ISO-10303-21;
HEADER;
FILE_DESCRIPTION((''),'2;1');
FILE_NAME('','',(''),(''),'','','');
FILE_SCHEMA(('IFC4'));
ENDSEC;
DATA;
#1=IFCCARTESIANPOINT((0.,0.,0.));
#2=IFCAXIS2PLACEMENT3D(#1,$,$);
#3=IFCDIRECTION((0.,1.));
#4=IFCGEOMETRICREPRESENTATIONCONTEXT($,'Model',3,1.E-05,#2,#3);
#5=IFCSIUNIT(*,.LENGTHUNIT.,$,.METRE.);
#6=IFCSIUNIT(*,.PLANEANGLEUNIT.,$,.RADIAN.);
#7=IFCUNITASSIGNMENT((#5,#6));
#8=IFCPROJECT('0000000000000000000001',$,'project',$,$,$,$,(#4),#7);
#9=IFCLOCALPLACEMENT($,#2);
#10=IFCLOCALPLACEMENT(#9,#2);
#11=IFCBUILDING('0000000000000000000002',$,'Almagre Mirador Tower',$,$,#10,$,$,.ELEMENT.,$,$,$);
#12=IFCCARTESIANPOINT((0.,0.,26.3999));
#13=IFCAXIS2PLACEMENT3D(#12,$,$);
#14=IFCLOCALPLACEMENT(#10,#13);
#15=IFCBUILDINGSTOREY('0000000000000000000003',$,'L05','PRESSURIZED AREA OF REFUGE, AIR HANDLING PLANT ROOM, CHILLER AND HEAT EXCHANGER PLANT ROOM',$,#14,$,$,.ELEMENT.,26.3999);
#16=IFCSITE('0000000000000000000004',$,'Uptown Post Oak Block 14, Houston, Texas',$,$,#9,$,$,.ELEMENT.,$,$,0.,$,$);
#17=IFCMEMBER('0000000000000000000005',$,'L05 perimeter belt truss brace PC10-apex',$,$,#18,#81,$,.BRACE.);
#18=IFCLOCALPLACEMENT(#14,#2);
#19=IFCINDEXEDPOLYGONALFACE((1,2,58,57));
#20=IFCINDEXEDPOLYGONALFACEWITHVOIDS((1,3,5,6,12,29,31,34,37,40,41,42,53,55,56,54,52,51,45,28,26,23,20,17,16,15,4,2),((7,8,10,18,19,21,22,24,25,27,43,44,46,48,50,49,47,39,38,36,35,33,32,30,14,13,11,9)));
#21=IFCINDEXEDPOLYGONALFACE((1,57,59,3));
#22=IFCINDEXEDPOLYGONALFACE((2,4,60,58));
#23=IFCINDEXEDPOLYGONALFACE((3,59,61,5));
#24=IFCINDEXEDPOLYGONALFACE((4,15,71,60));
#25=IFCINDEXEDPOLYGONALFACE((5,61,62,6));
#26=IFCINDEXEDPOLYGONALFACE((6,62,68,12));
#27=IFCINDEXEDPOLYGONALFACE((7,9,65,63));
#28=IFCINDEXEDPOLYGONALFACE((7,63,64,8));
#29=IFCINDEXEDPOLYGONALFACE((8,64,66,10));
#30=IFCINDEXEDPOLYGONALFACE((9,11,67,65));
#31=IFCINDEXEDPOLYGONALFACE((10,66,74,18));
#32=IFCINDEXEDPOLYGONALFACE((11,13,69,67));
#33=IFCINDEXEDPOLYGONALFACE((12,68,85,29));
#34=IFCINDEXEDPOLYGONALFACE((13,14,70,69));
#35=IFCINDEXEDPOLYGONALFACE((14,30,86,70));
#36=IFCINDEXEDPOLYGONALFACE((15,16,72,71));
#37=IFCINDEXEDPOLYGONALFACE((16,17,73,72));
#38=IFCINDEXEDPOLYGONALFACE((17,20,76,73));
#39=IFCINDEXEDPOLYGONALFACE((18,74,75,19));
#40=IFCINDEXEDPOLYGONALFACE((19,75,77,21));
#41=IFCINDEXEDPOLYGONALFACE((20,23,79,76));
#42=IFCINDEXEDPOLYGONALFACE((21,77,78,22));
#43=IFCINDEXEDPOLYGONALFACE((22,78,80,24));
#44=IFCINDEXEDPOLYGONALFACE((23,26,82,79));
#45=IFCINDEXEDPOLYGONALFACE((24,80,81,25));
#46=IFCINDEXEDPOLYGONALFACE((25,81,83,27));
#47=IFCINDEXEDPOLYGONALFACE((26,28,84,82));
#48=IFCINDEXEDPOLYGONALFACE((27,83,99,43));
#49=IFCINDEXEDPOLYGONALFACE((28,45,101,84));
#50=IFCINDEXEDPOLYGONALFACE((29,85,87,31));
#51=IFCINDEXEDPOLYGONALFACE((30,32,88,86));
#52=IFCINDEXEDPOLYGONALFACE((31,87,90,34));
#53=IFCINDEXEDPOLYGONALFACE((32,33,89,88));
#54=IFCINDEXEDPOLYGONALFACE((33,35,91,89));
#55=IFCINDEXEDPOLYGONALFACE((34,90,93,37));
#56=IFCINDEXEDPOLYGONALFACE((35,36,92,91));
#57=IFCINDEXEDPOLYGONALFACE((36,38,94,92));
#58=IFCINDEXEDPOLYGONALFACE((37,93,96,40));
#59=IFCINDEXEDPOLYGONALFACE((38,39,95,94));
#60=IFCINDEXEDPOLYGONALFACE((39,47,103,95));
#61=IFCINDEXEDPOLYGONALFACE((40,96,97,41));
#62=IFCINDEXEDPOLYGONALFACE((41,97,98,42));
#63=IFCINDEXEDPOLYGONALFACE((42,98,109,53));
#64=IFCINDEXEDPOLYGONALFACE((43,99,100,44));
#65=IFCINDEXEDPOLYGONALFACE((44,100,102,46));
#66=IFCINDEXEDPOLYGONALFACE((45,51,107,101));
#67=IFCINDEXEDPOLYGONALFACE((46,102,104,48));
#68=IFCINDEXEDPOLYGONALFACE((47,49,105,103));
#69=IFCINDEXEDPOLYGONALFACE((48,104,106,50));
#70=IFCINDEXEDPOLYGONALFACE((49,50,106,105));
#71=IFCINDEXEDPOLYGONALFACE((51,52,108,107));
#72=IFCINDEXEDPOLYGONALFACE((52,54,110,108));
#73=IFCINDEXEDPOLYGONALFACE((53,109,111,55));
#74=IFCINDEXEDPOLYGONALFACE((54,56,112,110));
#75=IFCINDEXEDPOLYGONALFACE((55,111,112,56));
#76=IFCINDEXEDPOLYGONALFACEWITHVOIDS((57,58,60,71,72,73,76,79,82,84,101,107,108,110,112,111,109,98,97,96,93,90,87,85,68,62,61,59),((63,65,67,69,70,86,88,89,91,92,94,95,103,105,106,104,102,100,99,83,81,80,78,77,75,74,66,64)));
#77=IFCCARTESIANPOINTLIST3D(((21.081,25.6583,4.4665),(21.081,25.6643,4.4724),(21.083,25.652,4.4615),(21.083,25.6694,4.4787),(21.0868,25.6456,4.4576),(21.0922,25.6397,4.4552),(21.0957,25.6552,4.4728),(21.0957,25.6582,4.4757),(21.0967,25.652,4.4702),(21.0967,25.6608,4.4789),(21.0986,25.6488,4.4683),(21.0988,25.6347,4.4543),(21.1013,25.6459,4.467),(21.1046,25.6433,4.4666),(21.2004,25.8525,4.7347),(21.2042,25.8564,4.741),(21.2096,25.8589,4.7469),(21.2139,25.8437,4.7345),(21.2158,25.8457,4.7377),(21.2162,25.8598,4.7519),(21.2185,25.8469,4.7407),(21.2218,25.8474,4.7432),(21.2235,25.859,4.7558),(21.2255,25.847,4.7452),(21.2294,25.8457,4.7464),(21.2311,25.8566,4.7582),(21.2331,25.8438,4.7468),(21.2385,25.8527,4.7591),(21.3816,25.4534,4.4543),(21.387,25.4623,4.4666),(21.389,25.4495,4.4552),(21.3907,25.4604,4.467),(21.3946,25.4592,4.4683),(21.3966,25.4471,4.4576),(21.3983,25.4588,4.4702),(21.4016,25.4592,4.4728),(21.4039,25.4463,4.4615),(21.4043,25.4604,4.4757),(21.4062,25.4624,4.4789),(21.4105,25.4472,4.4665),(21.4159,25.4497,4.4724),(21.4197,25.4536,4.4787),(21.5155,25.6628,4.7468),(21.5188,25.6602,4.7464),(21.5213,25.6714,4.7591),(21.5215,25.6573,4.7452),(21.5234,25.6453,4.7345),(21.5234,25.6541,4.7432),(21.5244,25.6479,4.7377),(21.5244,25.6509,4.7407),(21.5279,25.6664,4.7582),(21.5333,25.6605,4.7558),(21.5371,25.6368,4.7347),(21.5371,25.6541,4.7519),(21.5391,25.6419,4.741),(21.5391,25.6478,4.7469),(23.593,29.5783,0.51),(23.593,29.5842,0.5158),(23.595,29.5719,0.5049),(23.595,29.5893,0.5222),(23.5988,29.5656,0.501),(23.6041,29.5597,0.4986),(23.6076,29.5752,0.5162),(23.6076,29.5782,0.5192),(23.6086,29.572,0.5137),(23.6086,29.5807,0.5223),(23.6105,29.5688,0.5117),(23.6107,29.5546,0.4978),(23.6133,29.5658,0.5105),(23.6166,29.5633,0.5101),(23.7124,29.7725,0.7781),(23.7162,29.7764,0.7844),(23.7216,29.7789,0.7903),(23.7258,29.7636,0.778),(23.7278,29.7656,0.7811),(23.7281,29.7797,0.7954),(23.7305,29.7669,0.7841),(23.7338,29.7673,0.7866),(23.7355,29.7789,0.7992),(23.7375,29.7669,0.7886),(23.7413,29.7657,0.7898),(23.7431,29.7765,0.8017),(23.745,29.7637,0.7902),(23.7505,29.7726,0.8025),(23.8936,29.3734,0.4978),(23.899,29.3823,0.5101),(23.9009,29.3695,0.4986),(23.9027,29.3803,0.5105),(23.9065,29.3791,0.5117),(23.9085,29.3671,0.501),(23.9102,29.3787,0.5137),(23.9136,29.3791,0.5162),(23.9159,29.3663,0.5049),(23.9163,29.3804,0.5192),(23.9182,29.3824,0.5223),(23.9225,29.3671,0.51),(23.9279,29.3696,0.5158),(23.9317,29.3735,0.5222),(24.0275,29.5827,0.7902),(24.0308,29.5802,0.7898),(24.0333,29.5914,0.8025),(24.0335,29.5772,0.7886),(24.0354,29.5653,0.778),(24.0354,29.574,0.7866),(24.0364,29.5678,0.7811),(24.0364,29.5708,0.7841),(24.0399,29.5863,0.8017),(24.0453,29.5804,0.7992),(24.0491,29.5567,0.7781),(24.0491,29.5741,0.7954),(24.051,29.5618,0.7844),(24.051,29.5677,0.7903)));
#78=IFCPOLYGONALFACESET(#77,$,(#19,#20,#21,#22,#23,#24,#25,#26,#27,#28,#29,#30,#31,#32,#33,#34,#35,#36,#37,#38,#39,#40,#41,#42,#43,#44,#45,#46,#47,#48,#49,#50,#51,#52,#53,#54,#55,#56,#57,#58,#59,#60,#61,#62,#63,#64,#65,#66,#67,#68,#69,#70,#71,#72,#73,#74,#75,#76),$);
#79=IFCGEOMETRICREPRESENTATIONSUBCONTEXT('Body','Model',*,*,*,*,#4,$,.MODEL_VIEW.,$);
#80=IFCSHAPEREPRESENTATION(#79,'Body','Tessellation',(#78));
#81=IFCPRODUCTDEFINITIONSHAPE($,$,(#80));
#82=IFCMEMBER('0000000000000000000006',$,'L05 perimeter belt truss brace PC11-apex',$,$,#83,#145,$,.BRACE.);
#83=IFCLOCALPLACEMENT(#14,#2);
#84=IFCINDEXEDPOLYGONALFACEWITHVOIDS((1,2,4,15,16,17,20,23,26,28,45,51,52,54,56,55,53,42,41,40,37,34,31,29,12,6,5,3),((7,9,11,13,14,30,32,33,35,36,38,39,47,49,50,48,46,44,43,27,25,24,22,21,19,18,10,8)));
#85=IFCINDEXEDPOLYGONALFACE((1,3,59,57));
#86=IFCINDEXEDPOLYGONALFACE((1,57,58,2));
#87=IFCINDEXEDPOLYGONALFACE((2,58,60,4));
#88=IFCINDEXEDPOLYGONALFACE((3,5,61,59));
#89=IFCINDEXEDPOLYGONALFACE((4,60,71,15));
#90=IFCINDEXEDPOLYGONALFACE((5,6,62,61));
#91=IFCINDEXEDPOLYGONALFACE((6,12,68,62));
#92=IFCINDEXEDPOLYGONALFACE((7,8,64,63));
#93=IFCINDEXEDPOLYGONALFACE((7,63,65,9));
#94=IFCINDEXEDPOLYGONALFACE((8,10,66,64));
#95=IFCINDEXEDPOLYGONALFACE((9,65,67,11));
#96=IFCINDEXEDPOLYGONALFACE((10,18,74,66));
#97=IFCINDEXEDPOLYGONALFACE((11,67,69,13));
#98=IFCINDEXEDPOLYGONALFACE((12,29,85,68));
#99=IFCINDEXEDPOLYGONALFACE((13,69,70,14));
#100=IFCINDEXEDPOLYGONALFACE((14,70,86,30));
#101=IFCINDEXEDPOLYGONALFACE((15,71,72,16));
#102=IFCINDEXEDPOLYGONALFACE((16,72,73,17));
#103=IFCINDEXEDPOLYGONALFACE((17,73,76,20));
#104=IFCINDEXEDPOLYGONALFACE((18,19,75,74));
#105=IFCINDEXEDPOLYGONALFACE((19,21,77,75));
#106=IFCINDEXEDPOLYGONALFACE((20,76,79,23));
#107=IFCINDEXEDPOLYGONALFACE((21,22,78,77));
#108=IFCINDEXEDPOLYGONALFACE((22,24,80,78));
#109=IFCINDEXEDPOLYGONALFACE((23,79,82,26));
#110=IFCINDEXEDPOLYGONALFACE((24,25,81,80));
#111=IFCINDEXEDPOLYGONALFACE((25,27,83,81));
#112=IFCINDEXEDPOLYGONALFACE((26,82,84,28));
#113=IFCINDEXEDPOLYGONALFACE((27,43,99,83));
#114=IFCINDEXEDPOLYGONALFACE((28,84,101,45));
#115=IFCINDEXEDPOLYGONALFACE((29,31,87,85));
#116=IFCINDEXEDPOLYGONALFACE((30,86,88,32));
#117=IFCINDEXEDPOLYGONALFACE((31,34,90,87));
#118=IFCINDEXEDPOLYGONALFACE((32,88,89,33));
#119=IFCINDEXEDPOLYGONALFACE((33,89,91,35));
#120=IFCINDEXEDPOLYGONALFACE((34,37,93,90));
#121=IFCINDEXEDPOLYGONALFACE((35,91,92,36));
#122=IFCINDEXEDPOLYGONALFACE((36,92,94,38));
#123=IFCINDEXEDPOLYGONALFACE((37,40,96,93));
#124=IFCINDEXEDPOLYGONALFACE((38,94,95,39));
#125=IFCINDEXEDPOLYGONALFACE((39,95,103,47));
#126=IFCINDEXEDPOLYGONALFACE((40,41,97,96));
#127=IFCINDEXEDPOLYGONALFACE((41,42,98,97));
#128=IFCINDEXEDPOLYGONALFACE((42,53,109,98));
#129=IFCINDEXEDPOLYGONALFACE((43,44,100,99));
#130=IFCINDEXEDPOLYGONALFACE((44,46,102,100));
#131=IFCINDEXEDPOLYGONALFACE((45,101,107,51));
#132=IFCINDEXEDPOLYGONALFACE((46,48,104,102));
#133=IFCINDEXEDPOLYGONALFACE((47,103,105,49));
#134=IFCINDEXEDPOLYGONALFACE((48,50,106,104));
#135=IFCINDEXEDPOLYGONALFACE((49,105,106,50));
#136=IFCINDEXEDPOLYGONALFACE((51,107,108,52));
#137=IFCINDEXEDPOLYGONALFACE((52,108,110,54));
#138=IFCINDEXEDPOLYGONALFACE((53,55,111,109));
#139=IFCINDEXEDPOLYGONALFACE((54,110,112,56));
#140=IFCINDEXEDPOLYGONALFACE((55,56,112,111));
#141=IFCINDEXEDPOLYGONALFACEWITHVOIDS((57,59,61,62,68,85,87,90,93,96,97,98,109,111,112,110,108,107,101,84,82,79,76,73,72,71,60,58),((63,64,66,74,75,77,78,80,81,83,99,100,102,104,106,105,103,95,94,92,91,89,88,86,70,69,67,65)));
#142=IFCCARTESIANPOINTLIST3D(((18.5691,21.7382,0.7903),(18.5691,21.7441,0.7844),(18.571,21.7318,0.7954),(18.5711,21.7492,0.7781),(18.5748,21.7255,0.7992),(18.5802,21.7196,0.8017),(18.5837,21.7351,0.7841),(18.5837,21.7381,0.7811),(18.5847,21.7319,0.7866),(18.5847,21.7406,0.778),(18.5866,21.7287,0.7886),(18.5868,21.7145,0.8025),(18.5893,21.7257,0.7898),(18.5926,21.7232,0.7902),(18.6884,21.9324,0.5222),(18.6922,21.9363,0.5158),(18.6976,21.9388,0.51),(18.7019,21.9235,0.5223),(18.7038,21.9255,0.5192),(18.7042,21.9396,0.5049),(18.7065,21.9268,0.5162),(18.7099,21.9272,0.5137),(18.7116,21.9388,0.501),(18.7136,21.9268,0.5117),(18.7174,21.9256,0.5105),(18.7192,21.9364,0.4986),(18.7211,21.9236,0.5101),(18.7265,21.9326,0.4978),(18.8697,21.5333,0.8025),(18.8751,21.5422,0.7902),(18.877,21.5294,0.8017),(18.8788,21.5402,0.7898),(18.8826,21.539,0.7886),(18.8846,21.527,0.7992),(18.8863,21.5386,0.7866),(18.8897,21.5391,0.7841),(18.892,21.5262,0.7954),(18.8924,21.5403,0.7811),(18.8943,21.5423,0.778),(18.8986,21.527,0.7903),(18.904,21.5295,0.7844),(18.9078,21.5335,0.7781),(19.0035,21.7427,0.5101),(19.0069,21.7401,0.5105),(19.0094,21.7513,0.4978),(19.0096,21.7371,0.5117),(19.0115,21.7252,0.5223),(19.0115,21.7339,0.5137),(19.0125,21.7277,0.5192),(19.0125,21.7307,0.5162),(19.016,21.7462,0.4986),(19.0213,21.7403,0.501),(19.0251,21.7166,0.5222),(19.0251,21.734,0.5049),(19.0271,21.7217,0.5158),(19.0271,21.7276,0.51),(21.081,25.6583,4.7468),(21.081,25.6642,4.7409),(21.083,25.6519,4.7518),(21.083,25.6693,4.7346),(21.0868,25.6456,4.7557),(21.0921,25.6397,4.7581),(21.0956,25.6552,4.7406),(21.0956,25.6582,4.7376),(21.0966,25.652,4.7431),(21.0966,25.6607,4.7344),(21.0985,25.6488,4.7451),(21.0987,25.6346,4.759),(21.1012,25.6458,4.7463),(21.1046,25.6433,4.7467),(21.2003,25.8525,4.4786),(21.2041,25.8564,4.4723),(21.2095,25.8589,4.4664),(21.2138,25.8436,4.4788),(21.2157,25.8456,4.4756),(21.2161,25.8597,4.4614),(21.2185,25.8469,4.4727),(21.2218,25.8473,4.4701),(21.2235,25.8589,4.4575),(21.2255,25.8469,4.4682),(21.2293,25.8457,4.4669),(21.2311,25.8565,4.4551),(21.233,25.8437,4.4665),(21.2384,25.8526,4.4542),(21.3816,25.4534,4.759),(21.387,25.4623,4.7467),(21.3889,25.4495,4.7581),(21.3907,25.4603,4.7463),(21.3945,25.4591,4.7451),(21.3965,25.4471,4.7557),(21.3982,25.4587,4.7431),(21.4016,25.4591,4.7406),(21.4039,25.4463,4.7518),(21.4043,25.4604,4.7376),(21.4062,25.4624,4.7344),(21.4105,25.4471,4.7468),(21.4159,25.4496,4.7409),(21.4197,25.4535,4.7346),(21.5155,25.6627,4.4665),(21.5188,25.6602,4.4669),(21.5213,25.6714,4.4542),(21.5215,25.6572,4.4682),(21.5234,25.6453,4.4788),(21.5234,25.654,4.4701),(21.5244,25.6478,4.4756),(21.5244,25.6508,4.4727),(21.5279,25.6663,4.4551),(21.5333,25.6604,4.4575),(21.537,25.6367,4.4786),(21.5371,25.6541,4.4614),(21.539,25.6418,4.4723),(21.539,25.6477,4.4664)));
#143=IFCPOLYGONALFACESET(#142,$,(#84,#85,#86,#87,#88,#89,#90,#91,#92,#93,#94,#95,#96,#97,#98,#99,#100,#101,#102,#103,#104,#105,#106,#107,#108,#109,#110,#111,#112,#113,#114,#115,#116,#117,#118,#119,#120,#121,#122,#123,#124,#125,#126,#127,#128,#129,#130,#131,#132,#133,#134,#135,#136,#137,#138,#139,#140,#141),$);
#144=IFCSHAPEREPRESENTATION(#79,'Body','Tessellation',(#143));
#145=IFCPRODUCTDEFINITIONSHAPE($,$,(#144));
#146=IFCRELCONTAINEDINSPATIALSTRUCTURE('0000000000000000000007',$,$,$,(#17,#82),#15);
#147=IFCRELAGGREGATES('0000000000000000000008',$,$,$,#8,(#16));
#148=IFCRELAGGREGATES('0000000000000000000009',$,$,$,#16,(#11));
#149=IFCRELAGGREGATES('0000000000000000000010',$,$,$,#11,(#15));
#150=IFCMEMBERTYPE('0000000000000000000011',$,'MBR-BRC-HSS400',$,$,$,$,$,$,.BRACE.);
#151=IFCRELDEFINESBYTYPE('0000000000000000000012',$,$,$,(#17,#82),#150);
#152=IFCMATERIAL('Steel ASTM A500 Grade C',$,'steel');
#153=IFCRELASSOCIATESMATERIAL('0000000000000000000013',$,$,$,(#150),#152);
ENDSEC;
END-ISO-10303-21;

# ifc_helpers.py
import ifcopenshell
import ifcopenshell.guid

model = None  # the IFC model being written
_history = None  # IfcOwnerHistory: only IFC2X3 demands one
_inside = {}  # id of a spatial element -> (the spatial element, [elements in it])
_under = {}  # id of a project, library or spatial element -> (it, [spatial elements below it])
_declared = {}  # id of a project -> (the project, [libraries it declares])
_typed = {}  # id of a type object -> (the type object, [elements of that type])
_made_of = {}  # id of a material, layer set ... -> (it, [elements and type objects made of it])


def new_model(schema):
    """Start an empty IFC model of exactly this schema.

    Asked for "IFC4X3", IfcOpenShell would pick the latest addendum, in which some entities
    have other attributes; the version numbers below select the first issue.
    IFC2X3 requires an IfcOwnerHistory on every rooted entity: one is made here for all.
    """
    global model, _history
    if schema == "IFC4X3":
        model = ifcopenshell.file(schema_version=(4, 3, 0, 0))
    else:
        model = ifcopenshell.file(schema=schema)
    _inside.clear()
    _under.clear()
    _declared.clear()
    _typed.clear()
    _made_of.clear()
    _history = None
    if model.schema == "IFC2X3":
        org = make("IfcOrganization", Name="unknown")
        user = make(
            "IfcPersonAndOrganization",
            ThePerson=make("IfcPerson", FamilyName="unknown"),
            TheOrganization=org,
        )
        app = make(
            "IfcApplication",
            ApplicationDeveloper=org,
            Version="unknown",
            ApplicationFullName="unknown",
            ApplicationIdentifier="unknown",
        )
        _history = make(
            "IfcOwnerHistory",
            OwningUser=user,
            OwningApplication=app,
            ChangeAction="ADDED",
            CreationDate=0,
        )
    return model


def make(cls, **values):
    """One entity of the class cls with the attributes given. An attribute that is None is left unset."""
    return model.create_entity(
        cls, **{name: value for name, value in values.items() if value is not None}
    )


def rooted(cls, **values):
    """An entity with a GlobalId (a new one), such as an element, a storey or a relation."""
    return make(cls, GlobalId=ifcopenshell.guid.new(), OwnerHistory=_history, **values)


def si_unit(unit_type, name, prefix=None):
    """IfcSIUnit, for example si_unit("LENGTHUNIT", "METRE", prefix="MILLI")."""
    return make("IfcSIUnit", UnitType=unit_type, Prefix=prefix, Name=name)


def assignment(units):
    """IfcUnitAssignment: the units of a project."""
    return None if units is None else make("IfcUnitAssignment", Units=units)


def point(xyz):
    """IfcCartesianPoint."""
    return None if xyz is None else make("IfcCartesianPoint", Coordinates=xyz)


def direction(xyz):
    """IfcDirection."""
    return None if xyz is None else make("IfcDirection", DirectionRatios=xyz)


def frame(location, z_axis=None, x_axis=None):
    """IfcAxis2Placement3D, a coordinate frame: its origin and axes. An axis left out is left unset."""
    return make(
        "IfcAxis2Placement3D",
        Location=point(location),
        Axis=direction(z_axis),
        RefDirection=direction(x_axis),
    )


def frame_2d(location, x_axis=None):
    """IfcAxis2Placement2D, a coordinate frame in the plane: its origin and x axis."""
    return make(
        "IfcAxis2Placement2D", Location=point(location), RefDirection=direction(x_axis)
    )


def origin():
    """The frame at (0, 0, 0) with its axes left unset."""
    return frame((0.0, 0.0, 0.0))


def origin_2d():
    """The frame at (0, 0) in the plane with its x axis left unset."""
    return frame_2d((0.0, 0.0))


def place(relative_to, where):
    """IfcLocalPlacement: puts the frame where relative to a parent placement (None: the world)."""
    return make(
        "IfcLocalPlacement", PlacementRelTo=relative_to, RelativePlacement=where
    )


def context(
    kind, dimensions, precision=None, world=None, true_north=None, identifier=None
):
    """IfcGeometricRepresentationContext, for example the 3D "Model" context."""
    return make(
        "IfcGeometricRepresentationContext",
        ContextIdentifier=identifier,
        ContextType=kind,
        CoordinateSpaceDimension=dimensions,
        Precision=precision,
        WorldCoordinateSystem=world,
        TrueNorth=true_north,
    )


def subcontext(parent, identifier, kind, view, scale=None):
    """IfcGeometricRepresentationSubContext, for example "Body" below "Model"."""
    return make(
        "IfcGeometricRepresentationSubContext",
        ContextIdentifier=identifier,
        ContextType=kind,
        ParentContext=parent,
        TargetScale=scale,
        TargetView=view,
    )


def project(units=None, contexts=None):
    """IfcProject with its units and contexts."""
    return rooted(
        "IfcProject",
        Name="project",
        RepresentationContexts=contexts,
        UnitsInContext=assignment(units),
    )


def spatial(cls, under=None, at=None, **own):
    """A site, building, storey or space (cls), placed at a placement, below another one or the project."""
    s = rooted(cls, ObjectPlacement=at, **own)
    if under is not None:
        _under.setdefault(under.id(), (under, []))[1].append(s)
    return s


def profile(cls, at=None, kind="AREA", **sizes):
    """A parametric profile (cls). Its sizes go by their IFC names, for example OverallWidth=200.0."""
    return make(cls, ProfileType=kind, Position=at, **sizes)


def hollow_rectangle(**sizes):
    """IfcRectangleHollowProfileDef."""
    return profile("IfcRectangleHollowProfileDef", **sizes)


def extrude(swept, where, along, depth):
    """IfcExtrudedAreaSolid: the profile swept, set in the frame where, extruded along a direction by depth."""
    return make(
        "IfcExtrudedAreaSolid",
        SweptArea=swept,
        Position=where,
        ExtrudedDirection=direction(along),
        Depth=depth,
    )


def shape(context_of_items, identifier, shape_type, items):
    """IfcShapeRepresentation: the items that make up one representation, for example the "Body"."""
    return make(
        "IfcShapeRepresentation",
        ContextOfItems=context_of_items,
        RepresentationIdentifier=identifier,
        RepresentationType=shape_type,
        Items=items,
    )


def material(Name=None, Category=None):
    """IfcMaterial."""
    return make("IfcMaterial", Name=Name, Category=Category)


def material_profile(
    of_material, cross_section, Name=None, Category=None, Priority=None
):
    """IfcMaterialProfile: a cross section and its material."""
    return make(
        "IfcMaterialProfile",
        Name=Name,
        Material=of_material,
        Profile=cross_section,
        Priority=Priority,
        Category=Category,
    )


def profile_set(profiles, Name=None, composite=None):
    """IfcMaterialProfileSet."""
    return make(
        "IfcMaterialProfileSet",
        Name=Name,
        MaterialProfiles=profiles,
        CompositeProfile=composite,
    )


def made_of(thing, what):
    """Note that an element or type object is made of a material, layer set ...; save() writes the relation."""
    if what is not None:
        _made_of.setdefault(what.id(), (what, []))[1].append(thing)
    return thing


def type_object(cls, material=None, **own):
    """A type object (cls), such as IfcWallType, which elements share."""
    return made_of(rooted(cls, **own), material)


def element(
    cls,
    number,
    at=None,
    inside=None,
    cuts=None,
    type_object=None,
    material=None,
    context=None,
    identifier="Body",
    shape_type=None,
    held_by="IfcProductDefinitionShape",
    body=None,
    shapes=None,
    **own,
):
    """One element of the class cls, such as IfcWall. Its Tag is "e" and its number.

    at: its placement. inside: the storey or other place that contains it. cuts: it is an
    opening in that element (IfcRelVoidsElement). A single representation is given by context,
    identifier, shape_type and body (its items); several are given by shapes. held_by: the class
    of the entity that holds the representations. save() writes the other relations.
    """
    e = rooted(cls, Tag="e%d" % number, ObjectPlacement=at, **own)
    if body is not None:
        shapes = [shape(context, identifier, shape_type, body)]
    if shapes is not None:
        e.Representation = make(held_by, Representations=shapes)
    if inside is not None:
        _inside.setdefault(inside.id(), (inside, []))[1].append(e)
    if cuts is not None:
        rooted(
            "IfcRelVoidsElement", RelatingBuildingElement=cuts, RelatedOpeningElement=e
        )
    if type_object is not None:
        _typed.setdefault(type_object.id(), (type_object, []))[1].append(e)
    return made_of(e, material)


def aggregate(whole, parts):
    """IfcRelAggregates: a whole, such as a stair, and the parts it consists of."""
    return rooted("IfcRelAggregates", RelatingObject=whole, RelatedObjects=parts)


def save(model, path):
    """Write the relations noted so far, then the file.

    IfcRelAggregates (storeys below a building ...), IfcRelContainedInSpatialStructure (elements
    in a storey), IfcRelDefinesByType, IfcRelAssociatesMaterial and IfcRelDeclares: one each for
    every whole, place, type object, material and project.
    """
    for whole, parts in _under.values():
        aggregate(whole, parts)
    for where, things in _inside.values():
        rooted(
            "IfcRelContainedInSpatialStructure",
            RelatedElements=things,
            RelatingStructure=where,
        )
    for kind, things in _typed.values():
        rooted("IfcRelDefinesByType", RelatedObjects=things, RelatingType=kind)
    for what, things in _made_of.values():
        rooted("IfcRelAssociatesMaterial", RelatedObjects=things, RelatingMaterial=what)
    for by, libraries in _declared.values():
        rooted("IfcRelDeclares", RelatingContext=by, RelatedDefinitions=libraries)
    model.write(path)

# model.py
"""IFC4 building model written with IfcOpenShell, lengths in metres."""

from ifc_helpers import new_model, si_unit, direction, frame, origin, origin_2d, place, context, subcontext, project, spatial, hollow_rectangle, extrude, material, material_profile, profile_set, type_object, element, save


model = new_model("IFC4")

# Units and contexts
model_context = context("Model", 3, precision=1e-05, world=origin(), true_north=direction((0.0, 1.0)))
body_context = subcontext(model_context, "Body", "Model", "MODEL_VIEW")
ifc_project = project(units=[si_unit("LENGTHUNIT", "METRE"), si_unit("PLANEANGLEUNIT", "RADIAN")], contexts=[model_context])

# Site, building, storey
site_placement = place(None, origin())
site = spatial("IfcSite", under=ifc_project, at=site_placement, Name="Uptown Post Oak Block 14, Houston, Texas", CompositionType="ELEMENT", RefElevation=0.0)
building_placement = place(site_placement, origin())
building = spatial("IfcBuilding", under=site, at=building_placement, Name="Almagre Mirador Tower", CompositionType="ELEMENT")
storey_placement = place(building_placement, frame((0.0, 0.0, 26.3999)))
storey = spatial("IfcBuildingStorey", under=building, at=storey_placement, Name="L05", Description="PRESSURIZED AREA OF REFUGE, AIR HANDLING PLANT ROOM, CHILLER AND HEAT EXCHANGER PLANT ROOM", CompositionType="ELEMENT", Elevation=26.3999)

# Members
ifc_material_1 = material(Name="Steel ASTM A500 Grade C", Category="steel")
ifc_material_profile_1 = material_profile(ifc_material_1, hollow_rectangle(XDim=0.3999, YDim=0.3999, WallThickness=0.0161, InnerFilletRadius=0.0161, OuterFilletRadius=0.032, at=origin_2d()), Name="HSS400X400X16")
ifc_profile_set_1 = profile_set([ifc_material_profile_1], Name="Steel ASTM A500 Grade C")
member_type_1 = type_object("IfcMemberType", Name="MBR-BRC-HSS400", PredefinedType="BRACE", material=ifc_profile_set_1)
for number, where, z_axis, x_axis, name in (
    (1, (23.822, 29.573, 0.6501), (-0.411135, -0.641577, 0.64757), (0.841958, -0.539543, 0.0), "L05 perimeter belt truss brace PC10-apex"),
    (2, (18.7981, 21.7329, 0.6501), (0.411124, 0.6416, 0.647554), (-0.841973, 0.539519, 0.0), "L05 perimeter belt truss brace PC11-apex"),
):
    element("IfcMember", number, at=place(storey_placement, frame(where, z_axis=z_axis, x_axis=x_axis)), inside=storey, type_object=member_type_1, Name=name, PredefinedType="BRACE", context=body_context, shape_type="SweptSolid", body=[
        extrude(hollow_rectangle(XDim=0.3999, YDim=0.3999, WallThickness=0.0161, InnerFilletRadius=0.0161, OuterFilletRadius=0.032, at=origin_2d()), origin(), (0.0, 0.0, 1.0), 6.1099),
    ])

save(model, "model.ifc")
